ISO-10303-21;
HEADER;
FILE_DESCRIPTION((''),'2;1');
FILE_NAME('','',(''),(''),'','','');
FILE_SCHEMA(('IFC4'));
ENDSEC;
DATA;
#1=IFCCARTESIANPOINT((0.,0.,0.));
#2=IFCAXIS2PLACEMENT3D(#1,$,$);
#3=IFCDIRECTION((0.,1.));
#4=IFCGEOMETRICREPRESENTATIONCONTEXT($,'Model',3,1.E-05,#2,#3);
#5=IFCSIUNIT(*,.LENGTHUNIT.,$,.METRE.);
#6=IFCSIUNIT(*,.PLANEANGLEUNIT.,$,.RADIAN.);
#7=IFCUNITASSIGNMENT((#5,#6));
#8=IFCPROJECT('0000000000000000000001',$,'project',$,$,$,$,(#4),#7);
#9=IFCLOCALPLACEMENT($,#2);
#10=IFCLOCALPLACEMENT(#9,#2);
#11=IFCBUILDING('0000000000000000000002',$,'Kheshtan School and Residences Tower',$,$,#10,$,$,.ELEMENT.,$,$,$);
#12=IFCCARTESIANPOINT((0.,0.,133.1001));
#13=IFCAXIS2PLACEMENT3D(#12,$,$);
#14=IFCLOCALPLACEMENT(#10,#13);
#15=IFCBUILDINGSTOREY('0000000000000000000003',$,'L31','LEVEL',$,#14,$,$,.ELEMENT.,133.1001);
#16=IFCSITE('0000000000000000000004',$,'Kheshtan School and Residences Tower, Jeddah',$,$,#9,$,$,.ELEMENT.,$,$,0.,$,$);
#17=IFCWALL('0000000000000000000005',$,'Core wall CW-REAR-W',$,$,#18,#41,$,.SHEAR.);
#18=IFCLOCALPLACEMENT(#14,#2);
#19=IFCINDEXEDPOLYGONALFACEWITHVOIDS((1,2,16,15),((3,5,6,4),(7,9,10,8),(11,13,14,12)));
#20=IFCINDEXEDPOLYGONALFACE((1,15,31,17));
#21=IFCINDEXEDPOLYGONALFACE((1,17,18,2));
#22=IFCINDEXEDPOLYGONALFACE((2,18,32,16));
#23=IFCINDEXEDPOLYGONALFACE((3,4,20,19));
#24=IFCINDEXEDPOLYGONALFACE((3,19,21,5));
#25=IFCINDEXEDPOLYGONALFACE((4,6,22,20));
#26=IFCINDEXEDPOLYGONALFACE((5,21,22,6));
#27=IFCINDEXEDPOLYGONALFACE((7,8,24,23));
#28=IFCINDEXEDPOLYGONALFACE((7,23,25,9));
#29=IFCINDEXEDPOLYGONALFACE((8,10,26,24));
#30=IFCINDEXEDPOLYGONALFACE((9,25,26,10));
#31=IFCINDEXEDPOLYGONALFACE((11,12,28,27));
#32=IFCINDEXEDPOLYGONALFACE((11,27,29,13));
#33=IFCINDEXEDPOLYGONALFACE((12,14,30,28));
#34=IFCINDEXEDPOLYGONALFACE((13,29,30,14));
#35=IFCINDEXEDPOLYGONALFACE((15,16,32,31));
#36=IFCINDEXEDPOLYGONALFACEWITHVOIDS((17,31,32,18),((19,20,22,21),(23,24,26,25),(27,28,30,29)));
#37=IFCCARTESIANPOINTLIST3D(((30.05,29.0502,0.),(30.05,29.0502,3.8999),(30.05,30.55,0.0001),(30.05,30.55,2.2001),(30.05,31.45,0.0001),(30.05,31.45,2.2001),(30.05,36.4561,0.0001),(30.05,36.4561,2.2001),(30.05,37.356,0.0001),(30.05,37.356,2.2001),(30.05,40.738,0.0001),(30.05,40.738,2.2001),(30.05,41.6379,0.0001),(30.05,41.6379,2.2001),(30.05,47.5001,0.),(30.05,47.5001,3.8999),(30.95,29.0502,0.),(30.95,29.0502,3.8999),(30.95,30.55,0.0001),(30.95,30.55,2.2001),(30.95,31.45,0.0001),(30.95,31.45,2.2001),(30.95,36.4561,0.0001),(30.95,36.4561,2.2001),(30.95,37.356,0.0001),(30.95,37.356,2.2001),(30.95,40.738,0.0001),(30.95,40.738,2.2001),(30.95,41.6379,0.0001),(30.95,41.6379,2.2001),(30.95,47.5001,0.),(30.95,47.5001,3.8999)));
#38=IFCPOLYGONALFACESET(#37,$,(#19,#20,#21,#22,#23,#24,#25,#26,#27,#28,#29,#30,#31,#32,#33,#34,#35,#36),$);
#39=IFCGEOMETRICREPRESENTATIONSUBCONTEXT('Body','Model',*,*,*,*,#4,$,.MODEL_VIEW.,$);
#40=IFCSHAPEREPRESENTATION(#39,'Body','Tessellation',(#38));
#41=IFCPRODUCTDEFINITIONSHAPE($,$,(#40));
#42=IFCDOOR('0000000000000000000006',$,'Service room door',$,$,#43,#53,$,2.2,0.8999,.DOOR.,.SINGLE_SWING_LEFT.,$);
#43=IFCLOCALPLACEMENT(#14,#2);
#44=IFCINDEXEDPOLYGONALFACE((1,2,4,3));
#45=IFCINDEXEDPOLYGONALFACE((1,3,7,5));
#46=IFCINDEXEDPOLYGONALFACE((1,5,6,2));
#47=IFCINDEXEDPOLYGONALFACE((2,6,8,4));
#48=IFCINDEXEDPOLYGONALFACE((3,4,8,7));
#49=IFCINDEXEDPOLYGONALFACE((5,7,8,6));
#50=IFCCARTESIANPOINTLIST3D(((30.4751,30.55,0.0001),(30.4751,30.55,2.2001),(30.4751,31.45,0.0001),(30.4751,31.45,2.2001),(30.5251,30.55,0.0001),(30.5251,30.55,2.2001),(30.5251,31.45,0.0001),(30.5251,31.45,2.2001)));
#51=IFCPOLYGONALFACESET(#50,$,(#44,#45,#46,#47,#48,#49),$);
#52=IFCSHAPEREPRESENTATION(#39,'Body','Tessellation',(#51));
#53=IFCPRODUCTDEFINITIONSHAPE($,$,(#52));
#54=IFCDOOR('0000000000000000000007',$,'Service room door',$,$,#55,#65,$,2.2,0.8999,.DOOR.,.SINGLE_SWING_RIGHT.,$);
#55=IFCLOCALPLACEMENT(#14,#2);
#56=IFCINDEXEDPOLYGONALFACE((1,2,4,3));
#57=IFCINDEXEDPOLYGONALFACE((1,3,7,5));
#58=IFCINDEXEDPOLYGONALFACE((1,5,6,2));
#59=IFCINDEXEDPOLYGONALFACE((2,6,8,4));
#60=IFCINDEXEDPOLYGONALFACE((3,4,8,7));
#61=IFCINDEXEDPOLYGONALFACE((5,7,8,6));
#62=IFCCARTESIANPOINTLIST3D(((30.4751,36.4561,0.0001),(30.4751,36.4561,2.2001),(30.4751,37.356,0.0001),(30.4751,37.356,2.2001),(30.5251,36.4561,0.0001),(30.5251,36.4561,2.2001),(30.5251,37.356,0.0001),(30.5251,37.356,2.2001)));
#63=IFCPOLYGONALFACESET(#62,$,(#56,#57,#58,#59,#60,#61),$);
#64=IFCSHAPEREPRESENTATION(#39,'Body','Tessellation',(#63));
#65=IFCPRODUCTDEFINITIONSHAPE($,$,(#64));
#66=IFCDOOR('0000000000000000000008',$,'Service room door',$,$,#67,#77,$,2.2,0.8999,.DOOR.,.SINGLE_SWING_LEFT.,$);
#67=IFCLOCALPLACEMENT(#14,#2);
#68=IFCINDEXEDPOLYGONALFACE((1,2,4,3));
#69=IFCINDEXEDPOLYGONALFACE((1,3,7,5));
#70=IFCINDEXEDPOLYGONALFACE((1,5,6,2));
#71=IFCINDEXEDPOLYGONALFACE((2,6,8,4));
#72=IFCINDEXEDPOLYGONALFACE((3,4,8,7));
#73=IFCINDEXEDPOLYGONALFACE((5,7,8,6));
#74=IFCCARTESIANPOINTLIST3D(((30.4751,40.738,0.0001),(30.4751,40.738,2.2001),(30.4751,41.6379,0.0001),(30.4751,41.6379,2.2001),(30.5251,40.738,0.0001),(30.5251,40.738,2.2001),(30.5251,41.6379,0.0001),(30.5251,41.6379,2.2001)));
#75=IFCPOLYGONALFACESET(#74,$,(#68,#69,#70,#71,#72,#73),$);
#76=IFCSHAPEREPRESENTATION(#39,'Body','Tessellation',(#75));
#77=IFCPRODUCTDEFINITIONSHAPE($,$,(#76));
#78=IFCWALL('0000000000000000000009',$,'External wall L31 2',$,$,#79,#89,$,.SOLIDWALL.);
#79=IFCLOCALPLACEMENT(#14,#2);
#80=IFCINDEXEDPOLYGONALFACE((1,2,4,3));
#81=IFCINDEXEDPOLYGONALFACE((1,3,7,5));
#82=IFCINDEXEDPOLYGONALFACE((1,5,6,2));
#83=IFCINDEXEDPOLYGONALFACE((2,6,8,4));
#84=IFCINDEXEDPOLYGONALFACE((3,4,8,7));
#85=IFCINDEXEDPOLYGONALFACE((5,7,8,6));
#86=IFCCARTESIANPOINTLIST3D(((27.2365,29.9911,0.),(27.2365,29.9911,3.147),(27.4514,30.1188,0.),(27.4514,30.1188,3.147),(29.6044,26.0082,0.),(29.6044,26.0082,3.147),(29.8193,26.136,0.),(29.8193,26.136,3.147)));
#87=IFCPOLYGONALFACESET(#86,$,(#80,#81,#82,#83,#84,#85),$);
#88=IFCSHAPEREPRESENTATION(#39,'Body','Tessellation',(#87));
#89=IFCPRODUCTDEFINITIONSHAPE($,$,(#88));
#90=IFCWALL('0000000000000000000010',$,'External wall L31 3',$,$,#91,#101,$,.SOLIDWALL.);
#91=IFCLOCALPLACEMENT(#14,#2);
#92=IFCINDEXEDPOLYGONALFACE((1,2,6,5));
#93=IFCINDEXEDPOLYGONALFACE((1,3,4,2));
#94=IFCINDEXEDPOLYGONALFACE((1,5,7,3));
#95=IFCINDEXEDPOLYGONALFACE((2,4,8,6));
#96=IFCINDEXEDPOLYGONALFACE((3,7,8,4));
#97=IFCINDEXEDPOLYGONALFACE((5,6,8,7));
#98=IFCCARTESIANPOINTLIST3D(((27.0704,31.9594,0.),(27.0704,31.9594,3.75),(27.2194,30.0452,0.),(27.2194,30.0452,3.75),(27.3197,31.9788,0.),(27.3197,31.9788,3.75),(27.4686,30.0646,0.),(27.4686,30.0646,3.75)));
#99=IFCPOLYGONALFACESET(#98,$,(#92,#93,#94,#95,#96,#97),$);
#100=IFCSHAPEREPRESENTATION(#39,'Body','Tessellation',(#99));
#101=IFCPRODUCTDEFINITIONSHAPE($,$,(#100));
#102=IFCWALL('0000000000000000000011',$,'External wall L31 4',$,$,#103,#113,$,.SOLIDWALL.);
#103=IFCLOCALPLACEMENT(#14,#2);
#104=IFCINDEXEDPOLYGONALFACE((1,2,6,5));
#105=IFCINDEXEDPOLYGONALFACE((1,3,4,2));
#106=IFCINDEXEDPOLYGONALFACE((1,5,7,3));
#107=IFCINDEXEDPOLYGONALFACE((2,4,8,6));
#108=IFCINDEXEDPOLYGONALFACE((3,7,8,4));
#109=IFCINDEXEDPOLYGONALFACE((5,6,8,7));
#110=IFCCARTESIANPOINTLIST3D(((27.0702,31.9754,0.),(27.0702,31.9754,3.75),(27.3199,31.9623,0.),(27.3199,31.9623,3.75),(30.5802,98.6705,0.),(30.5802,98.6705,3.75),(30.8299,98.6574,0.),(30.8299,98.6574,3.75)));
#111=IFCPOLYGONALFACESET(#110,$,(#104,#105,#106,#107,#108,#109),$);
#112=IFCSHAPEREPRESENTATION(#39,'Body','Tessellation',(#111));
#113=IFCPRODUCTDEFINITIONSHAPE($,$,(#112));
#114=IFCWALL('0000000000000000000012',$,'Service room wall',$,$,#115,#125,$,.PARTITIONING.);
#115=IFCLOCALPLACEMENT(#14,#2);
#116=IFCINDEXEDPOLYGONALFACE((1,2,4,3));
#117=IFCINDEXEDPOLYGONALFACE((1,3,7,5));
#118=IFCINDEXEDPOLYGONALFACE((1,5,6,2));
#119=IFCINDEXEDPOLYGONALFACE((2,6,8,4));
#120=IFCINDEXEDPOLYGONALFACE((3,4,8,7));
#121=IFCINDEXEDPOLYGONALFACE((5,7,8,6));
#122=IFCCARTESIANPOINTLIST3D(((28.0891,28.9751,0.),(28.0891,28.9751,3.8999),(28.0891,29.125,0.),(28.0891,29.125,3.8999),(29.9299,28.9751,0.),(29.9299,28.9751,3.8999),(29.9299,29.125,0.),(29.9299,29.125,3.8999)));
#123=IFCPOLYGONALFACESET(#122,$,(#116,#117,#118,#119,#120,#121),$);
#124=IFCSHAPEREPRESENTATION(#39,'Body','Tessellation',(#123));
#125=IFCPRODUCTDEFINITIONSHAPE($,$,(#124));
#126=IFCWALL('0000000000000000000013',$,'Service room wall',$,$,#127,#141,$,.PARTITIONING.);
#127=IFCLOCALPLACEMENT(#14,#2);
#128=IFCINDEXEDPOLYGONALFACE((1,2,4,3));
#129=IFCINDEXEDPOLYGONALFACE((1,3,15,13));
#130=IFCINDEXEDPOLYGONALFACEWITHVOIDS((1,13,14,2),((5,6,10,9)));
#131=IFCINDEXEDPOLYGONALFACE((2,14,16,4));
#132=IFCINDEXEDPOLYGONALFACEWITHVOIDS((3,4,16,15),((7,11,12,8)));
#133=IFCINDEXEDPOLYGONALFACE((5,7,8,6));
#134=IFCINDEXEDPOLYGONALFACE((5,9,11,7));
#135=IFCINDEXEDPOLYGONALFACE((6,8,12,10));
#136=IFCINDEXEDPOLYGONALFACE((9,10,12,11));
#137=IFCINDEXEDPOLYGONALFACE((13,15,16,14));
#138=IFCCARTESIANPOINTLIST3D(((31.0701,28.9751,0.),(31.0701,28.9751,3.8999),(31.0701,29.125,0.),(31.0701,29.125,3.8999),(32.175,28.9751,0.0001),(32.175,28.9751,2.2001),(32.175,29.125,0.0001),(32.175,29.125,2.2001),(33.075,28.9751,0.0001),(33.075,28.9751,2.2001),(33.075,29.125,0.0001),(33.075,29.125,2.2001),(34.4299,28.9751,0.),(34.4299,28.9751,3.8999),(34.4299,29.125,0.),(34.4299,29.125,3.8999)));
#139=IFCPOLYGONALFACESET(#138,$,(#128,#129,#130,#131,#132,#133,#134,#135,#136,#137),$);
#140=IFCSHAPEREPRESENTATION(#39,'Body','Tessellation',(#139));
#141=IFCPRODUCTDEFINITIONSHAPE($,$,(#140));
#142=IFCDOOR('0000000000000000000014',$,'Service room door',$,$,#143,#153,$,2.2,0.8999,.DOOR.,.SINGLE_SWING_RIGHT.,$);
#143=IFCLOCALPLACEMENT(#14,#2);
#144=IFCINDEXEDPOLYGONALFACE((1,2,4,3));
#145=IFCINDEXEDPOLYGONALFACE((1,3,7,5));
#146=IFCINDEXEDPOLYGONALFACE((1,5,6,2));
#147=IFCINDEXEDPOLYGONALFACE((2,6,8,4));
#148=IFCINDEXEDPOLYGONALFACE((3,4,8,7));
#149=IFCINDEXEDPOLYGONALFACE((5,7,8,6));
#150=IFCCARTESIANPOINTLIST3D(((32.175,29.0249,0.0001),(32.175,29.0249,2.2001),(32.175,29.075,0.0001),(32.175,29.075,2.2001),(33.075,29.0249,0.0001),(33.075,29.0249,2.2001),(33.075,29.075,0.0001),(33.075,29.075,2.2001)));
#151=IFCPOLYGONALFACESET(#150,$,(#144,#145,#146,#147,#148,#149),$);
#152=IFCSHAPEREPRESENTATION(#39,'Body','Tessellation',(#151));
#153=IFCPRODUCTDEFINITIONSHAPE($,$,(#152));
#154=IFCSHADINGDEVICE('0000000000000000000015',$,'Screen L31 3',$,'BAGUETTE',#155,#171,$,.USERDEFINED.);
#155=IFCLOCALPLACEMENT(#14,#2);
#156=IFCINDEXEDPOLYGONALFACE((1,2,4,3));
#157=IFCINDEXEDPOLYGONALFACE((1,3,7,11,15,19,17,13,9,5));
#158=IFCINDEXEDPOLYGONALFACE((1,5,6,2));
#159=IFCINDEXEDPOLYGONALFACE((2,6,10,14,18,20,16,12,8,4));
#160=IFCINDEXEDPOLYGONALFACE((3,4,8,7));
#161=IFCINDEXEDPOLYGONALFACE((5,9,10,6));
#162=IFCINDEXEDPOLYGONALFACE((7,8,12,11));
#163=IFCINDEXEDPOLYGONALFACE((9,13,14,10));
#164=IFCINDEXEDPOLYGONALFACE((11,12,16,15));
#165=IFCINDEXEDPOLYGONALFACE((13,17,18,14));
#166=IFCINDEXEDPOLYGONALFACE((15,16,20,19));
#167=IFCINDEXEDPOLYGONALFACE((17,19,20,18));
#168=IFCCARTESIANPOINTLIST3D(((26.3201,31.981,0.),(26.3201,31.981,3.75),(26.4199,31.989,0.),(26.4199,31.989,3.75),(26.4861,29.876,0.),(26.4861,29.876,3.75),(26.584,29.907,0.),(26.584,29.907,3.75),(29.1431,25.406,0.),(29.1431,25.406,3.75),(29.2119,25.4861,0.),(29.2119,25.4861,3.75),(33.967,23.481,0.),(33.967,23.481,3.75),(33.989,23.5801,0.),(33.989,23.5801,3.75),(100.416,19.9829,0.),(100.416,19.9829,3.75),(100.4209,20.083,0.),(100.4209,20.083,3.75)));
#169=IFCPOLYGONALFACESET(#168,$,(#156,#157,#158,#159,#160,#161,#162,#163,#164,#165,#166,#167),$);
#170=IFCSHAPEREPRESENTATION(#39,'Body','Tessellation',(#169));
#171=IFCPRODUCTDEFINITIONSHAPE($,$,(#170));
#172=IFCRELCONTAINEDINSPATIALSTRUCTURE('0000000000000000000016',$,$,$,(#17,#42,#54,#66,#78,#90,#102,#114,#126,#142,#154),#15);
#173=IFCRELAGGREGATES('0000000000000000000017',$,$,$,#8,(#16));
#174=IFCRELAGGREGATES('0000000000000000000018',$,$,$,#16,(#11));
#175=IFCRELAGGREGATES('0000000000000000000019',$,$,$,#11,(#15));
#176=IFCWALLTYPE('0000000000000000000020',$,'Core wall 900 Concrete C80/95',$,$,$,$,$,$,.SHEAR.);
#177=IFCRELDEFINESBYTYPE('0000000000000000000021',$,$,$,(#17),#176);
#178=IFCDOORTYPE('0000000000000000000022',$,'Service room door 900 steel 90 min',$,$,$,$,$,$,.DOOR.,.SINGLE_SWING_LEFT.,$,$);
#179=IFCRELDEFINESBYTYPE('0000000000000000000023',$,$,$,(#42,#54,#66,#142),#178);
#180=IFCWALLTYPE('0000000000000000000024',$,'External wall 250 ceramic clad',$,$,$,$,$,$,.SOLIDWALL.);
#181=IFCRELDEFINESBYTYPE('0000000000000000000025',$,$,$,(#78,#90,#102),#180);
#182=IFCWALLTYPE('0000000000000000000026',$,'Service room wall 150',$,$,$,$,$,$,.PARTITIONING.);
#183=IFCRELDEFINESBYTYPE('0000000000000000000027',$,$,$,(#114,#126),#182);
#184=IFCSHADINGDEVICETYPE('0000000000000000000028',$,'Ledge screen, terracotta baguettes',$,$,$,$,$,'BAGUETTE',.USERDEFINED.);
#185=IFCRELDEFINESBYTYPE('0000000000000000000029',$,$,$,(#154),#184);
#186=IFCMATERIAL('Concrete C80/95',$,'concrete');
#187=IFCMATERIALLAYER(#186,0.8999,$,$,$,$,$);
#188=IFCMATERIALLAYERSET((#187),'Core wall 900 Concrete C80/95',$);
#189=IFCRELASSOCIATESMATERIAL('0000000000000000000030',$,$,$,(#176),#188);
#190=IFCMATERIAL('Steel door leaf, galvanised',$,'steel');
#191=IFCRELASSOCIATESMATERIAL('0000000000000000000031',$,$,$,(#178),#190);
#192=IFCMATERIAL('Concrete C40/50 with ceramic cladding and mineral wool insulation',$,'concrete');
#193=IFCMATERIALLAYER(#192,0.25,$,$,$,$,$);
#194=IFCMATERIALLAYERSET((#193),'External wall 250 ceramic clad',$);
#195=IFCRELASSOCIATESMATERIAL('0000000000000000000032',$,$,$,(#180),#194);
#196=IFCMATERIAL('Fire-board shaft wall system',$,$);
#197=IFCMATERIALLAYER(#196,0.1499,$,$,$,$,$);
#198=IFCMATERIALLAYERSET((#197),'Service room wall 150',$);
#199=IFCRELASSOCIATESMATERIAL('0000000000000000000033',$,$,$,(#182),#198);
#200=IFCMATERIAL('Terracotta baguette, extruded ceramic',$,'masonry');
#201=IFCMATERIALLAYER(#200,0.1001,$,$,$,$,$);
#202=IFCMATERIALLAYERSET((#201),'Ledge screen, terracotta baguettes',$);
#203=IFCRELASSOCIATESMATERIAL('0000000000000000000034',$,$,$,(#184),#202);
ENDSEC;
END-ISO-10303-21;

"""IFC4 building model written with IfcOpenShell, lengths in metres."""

from ifc_helpers import new_model, si_unit, direction, frame, frame_2d, origin, place, context, subcontext, project, spatial, polyline, rectangle, outline, extrude, source, transform, mapped, material, layer, layer_set, type_object, element, fill, save


model = new_model("IFC4")

# Units and contexts
model_context = context("Model", 3, precision=1e-05, world=origin(), true_north=direction((0.0, 1.0)))
body_context = subcontext(model_context, "Body", "Model", "MODEL_VIEW")
ifc_project = project(units=[si_unit("LENGTHUNIT", "METRE"), si_unit("PLANEANGLEUNIT", "RADIAN")], contexts=[model_context])

# Site, building, storey
site_placement = place(None, origin())
site = spatial("IfcSite", under=ifc_project, at=site_placement, Name="Kheshtan School and Residences Tower, Jeddah", CompositionType="ELEMENT", RefElevation=0.0)
building_placement = place(site_placement, origin())
building = spatial("IfcBuilding", under=site, at=building_placement, Name="Kheshtan School and Residences Tower", CompositionType="ELEMENT")
storey_placement = place(building_placement, frame((0.0, 0.0, 133.1001)))
storey = spatial("IfcBuildingStorey", under=building, at=storey_placement, Name="L31", Description="LEVEL", CompositionType="ELEMENT", Elevation=133.1001)

# Wall, openings, doors
ifc_material_1 = material(Name="Concrete C80/95", Category="concrete")
ifc_layer_1 = layer(ifc_material_1, 0.8999)
ifc_layer_set_1 = layer_set([ifc_layer_1], Name="Core wall 900 Concrete C80/95")
wall_type_1 = type_object("IfcWallType", Name="Core wall 900 Concrete C80/95", PredefinedType="SHEAR", material=ifc_layer_set_1)
wall_1_placement = place(storey_placement, frame((30.5, 29.05, 0.0), z_axis=(0.0, 0.0, 1.0), x_axis=(0.0, 1.0, 0.0)))
wall_1 = element("IfcWall", 1, at=wall_1_placement, inside=storey, type_object=wall_type_1, Name="Core wall CW-REAR-W", PredefinedType="SHEAR", context=body_context, shape_type="SweptSolid", body=[
    extrude(rectangle(XDim=18.45, YDim=0.8999, at=frame_2d((9.2251, 0.0))), origin(), (0.0, 0.0, 1.0), 3.8999),
])
opening_1_placement = place(wall_1_placement, frame((1.5, 0.0, 0.0)))
opening_1 = element("IfcOpeningElement", 2, at=opening_1_placement, cuts=wall_1, PredefinedType="OPENING", context=body_context, shape_type="SweptSolid", body=[
    extrude(rectangle(XDim=0.8999, YDim=2.2, at=frame_2d((0.45, 1.1001))), frame((0.0, 0.46, 0.0), z_axis=(0.0, -1.0, 0.0), x_axis=(1.0, 0.0, 0.0)), (0.0, 0.0, 1.0), 0.9199),
])
opening_2_placement = place(wall_1_placement, frame((7.406, 0.0, 0.0)))
opening_2 = element("IfcOpeningElement", 3, at=opening_2_placement, cuts=wall_1, PredefinedType="OPENING", context=body_context, shape_type="SweptSolid", body=[
    extrude(rectangle(XDim=0.8999, YDim=2.2, at=frame_2d((0.45, 1.1001))), frame((0.0, 0.46, 0.0), z_axis=(0.0, -1.0, 0.0), x_axis=(1.0, 0.0, 0.0)), (0.0, 0.0, 1.0), 0.9199),
])
opening_3_placement = place(wall_1_placement, frame((11.688, 0.0, 0.0)))
opening_3 = element("IfcOpeningElement", 4, at=opening_3_placement, cuts=wall_1, PredefinedType="OPENING", context=body_context, shape_type="SweptSolid", body=[
    extrude(rectangle(XDim=0.8999, YDim=2.2, at=frame_2d((0.45, 1.1001))), frame((0.0, 0.46, 0.0), z_axis=(0.0, -1.0, 0.0), x_axis=(1.0, 0.0, 0.0)), (0.0, 0.0, 1.0), 0.9199),
])
ifc_material_2 = material(Name="Steel door leaf, galvanised", Category="steel")
door_type = type_object("IfcDoorType", Name="Service room door 900 steel 90 min", OperationType="SINGLE_SWING_LEFT", PredefinedType="DOOR", material=ifc_material_2)
shared_shape = source(origin(), body_context, "Body", "SweptSolid", [
    extrude(rectangle(XDim=0.8999, YDim=2.2, at=frame_2d((0.45, 1.1001))), frame((0.0, 0.0249, 0.0), z_axis=(0.0, -1.0, 0.0), x_axis=(1.0, 0.0, 0.0)), (0.0, 0.0, 1.0), 0.05),
])
door_1_placement = place(opening_1_placement, origin())
door_1 = element("IfcDoor", 5, at=door_1_placement, inside=storey, type_object=door_type, Name="Service room door", OperationType="SINGLE_SWING_LEFT", OverallHeight=2.2, OverallWidth=0.8999, PredefinedType="DOOR", context=body_context, shape_type="MappedRepresentation", body=[
    mapped(shared_shape, transform((0.0, 0.0, 0.0), x_axis=(1.0, 0.0, 0.0), y_axis=(0.0, 1.0, 0.0), z_axis=(0.0, 0.0, 1.0), scale=1.0)),
])
fill(opening_1, door_1)
door_2_placement = place(opening_2_placement, origin())
door_2 = element("IfcDoor", 6, at=door_2_placement, inside=storey, type_object=door_type, Name="Service room door", OperationType="SINGLE_SWING_RIGHT", OverallHeight=2.2, OverallWidth=0.8999, PredefinedType="DOOR", context=body_context, shape_type="MappedRepresentation", body=[
    mapped(shared_shape, transform((0.0, 0.0, 0.0), x_axis=(1.0, 0.0, 0.0), y_axis=(0.0, 1.0, 0.0), z_axis=(0.0, 0.0, 1.0), scale=1.0)),
])
fill(opening_2, door_2)
door_3_placement = place(opening_3_placement, origin())
door_3 = element("IfcDoor", 7, at=door_3_placement, inside=storey, type_object=door_type, Name="Service room door", OperationType="SINGLE_SWING_LEFT", OverallHeight=2.2, OverallWidth=0.8999, PredefinedType="DOOR", context=body_context, shape_type="MappedRepresentation", body=[
    mapped(shared_shape, transform((0.0, 0.0, 0.0), x_axis=(1.0, 0.0, 0.0), y_axis=(0.0, 1.0, 0.0), z_axis=(0.0, 0.0, 1.0), scale=1.0)),
])
fill(opening_3, door_3)

# Walls
ifc_material_3 = material(Name="Concrete C40/50 with ceramic cladding and mineral wool insulation", Category="concrete")
ifc_layer_2 = layer(ifc_material_3, 0.25)
ifc_layer_set_2 = layer_set([ifc_layer_2], Name="External wall 250 ceramic clad")
wall_type_2 = type_object("IfcWallType", Name="External wall 250 ceramic clad", PredefinedType="SOLIDWALL", material=ifc_layer_set_2)
wall_2_placement = place(storey_placement, frame((29.7119, 26.072, 0.0), z_axis=(0.0, 0.0, 1.0), x_axis=(-0.511028, 0.859564, 0.0)))
element("IfcWall", 8, at=wall_2_placement, inside=storey, type_object=wall_type_2, Name="External wall L31 2", PredefinedType="SOLIDWALL", context=body_context, shape_type="SweptSolid", body=[
    extrude(rectangle(XDim=4.6335, YDim=0.25, at=frame_2d((2.3169, 0.0))), origin(), (0.0, 0.0, 1.0), 3.147),
])
wall_3_placement = place(storey_placement, frame((27.344, 30.0549, 0.0), z_axis=(0.0, 0.0, 1.0), x_axis=(-0.077572, 0.996987, 0.0)))
element("IfcWall", 9, at=wall_3_placement, inside=storey, type_object=wall_type_2, Name="External wall L31 3", PredefinedType="SOLIDWALL", context=body_context, shape_type="SweptSolid", body=[
    extrude(rectangle(XDim=1.9199, YDim=0.25, at=frame_2d((0.96, 0.0))), origin(), (0.0, 0.0, 1.0), 3.75),
])
wall_4_placement = place(storey_placement, frame((27.1951, 31.969, 0.0), z_axis=(0.0, 0.0, 1.0), x_axis=(0.052555, 0.998618, 0.0)))
element("IfcWall", 10, at=wall_4_placement, inside=storey, type_object=wall_type_2, Name="External wall L31 4", PredefinedType="SOLIDWALL", context=body_context, shape_type="SweptSolid", body=[
    extrude(rectangle(XDim=66.7874, YDim=0.25, at=frame_2d((33.3936, 0.0))), origin(), (0.0, 0.0, 1.0), 3.75),
])
ifc_material_4 = material(Name="Fire-board shaft wall system")
ifc_layer_3 = layer(ifc_material_4, 0.1499)
ifc_layer_set_3 = layer_set([ifc_layer_3], Name="Service room wall 150")
wall_type_3 = type_object("IfcWallType", Name="Service room wall 150", PredefinedType="PARTITIONING", material=ifc_layer_set_3)
wall_5_placement = place(storey_placement, frame((28.0891, 29.05, 0.0), z_axis=(0.0, 0.0, 1.0), x_axis=(1.0, 0.0, 0.0)))
element("IfcWall", 11, at=wall_5_placement, inside=storey, type_object=wall_type_3, Name="Service room wall", PredefinedType="PARTITIONING", context=body_context, shape_type="SweptSolid", body=[
    extrude(rectangle(XDim=1.8408, YDim=0.1499, at=frame_2d((0.9204, 0.0))), origin(), (0.0, 0.0, 1.0), 3.8999),
])

# Wall, opening, door
wall_6_placement = place(storey_placement, frame((31.0701, 29.05, 0.0), z_axis=(0.0, 0.0, 1.0), x_axis=(1.0, 0.0, 0.0)))
wall_6 = element("IfcWall", 12, at=wall_6_placement, inside=storey, type_object=wall_type_3, Name="Service room wall", PredefinedType="PARTITIONING", context=body_context, shape_type="SweptSolid", body=[
    extrude(rectangle(XDim=3.3599, YDim=0.1499, at=frame_2d((1.6799, 0.0))), origin(), (0.0, 0.0, 1.0), 3.8999),
])
opening_4_placement = place(wall_6_placement, frame((1.105, 0.0, 0.0)))
opening_4 = element("IfcOpeningElement", 13, at=opening_4_placement, cuts=wall_6, PredefinedType="OPENING", context=body_context, shape_type="SweptSolid", body=[
    extrude(rectangle(XDim=0.8999, YDim=2.2, at=frame_2d((0.45, 1.1001))), frame((0.0, 0.085, 0.0), z_axis=(0.0, -1.0, 0.0), x_axis=(1.0, 0.0, 0.0)), (0.0, 0.0, 1.0), 0.1699),
])
door_4_placement = place(opening_4_placement, origin())
door_4 = element("IfcDoor", 14, at=door_4_placement, inside=storey, type_object=door_type, Name="Service room door", OperationType="SINGLE_SWING_RIGHT", OverallHeight=2.2, OverallWidth=0.8999, PredefinedType="DOOR", context=body_context, shape_type="MappedRepresentation", body=[
    mapped(shared_shape, transform((0.0, 0.0, 0.0), x_axis=(1.0, 0.0, 0.0), y_axis=(0.0, 1.0, 0.0), z_axis=(0.0, 0.0, 1.0), scale=1.0)),
])
fill(opening_4, door_4)

# Shading device
ifc_material_5 = material(Name="Terracotta baguette, extruded ceramic", Category="masonry")
ifc_layer_4 = layer(ifc_material_5, 0.1001)
ifc_layer_set_4 = layer_set([ifc_layer_4], Name="Ledge screen, terracotta baguettes")
shading_device_type_1 = type_object("IfcShadingDeviceType", Name="Ledge screen, terracotta baguettes", ElementType="BAGUETTE", PredefinedType="USERDEFINED", material=ifc_layer_set_4)
shading_device_1_placement = place(storey_placement, origin())
element("IfcShadingDevice", 15, at=shading_device_1_placement, inside=storey, type_object=shading_device_type_1, Name="Screen L31 3", ObjectType="BAGUETTE", PredefinedType="USERDEFINED", context=body_context, shape_type="SweptSolid", body=[
    extrude(outline(polyline([(100.4209, 20.083), (33.989, 23.5801), (29.2119, 25.4861), (26.584, 29.907), (26.4199, 31.989), (26.3201, 31.981), (26.4861, 29.876), (29.1431, 25.406), (33.967, 23.481), (100.416, 19.9829), (100.4209, 20.083)])), origin(), (0.0, 0.0, 1.0), 3.75),
])

save(model, "model.ifc")
